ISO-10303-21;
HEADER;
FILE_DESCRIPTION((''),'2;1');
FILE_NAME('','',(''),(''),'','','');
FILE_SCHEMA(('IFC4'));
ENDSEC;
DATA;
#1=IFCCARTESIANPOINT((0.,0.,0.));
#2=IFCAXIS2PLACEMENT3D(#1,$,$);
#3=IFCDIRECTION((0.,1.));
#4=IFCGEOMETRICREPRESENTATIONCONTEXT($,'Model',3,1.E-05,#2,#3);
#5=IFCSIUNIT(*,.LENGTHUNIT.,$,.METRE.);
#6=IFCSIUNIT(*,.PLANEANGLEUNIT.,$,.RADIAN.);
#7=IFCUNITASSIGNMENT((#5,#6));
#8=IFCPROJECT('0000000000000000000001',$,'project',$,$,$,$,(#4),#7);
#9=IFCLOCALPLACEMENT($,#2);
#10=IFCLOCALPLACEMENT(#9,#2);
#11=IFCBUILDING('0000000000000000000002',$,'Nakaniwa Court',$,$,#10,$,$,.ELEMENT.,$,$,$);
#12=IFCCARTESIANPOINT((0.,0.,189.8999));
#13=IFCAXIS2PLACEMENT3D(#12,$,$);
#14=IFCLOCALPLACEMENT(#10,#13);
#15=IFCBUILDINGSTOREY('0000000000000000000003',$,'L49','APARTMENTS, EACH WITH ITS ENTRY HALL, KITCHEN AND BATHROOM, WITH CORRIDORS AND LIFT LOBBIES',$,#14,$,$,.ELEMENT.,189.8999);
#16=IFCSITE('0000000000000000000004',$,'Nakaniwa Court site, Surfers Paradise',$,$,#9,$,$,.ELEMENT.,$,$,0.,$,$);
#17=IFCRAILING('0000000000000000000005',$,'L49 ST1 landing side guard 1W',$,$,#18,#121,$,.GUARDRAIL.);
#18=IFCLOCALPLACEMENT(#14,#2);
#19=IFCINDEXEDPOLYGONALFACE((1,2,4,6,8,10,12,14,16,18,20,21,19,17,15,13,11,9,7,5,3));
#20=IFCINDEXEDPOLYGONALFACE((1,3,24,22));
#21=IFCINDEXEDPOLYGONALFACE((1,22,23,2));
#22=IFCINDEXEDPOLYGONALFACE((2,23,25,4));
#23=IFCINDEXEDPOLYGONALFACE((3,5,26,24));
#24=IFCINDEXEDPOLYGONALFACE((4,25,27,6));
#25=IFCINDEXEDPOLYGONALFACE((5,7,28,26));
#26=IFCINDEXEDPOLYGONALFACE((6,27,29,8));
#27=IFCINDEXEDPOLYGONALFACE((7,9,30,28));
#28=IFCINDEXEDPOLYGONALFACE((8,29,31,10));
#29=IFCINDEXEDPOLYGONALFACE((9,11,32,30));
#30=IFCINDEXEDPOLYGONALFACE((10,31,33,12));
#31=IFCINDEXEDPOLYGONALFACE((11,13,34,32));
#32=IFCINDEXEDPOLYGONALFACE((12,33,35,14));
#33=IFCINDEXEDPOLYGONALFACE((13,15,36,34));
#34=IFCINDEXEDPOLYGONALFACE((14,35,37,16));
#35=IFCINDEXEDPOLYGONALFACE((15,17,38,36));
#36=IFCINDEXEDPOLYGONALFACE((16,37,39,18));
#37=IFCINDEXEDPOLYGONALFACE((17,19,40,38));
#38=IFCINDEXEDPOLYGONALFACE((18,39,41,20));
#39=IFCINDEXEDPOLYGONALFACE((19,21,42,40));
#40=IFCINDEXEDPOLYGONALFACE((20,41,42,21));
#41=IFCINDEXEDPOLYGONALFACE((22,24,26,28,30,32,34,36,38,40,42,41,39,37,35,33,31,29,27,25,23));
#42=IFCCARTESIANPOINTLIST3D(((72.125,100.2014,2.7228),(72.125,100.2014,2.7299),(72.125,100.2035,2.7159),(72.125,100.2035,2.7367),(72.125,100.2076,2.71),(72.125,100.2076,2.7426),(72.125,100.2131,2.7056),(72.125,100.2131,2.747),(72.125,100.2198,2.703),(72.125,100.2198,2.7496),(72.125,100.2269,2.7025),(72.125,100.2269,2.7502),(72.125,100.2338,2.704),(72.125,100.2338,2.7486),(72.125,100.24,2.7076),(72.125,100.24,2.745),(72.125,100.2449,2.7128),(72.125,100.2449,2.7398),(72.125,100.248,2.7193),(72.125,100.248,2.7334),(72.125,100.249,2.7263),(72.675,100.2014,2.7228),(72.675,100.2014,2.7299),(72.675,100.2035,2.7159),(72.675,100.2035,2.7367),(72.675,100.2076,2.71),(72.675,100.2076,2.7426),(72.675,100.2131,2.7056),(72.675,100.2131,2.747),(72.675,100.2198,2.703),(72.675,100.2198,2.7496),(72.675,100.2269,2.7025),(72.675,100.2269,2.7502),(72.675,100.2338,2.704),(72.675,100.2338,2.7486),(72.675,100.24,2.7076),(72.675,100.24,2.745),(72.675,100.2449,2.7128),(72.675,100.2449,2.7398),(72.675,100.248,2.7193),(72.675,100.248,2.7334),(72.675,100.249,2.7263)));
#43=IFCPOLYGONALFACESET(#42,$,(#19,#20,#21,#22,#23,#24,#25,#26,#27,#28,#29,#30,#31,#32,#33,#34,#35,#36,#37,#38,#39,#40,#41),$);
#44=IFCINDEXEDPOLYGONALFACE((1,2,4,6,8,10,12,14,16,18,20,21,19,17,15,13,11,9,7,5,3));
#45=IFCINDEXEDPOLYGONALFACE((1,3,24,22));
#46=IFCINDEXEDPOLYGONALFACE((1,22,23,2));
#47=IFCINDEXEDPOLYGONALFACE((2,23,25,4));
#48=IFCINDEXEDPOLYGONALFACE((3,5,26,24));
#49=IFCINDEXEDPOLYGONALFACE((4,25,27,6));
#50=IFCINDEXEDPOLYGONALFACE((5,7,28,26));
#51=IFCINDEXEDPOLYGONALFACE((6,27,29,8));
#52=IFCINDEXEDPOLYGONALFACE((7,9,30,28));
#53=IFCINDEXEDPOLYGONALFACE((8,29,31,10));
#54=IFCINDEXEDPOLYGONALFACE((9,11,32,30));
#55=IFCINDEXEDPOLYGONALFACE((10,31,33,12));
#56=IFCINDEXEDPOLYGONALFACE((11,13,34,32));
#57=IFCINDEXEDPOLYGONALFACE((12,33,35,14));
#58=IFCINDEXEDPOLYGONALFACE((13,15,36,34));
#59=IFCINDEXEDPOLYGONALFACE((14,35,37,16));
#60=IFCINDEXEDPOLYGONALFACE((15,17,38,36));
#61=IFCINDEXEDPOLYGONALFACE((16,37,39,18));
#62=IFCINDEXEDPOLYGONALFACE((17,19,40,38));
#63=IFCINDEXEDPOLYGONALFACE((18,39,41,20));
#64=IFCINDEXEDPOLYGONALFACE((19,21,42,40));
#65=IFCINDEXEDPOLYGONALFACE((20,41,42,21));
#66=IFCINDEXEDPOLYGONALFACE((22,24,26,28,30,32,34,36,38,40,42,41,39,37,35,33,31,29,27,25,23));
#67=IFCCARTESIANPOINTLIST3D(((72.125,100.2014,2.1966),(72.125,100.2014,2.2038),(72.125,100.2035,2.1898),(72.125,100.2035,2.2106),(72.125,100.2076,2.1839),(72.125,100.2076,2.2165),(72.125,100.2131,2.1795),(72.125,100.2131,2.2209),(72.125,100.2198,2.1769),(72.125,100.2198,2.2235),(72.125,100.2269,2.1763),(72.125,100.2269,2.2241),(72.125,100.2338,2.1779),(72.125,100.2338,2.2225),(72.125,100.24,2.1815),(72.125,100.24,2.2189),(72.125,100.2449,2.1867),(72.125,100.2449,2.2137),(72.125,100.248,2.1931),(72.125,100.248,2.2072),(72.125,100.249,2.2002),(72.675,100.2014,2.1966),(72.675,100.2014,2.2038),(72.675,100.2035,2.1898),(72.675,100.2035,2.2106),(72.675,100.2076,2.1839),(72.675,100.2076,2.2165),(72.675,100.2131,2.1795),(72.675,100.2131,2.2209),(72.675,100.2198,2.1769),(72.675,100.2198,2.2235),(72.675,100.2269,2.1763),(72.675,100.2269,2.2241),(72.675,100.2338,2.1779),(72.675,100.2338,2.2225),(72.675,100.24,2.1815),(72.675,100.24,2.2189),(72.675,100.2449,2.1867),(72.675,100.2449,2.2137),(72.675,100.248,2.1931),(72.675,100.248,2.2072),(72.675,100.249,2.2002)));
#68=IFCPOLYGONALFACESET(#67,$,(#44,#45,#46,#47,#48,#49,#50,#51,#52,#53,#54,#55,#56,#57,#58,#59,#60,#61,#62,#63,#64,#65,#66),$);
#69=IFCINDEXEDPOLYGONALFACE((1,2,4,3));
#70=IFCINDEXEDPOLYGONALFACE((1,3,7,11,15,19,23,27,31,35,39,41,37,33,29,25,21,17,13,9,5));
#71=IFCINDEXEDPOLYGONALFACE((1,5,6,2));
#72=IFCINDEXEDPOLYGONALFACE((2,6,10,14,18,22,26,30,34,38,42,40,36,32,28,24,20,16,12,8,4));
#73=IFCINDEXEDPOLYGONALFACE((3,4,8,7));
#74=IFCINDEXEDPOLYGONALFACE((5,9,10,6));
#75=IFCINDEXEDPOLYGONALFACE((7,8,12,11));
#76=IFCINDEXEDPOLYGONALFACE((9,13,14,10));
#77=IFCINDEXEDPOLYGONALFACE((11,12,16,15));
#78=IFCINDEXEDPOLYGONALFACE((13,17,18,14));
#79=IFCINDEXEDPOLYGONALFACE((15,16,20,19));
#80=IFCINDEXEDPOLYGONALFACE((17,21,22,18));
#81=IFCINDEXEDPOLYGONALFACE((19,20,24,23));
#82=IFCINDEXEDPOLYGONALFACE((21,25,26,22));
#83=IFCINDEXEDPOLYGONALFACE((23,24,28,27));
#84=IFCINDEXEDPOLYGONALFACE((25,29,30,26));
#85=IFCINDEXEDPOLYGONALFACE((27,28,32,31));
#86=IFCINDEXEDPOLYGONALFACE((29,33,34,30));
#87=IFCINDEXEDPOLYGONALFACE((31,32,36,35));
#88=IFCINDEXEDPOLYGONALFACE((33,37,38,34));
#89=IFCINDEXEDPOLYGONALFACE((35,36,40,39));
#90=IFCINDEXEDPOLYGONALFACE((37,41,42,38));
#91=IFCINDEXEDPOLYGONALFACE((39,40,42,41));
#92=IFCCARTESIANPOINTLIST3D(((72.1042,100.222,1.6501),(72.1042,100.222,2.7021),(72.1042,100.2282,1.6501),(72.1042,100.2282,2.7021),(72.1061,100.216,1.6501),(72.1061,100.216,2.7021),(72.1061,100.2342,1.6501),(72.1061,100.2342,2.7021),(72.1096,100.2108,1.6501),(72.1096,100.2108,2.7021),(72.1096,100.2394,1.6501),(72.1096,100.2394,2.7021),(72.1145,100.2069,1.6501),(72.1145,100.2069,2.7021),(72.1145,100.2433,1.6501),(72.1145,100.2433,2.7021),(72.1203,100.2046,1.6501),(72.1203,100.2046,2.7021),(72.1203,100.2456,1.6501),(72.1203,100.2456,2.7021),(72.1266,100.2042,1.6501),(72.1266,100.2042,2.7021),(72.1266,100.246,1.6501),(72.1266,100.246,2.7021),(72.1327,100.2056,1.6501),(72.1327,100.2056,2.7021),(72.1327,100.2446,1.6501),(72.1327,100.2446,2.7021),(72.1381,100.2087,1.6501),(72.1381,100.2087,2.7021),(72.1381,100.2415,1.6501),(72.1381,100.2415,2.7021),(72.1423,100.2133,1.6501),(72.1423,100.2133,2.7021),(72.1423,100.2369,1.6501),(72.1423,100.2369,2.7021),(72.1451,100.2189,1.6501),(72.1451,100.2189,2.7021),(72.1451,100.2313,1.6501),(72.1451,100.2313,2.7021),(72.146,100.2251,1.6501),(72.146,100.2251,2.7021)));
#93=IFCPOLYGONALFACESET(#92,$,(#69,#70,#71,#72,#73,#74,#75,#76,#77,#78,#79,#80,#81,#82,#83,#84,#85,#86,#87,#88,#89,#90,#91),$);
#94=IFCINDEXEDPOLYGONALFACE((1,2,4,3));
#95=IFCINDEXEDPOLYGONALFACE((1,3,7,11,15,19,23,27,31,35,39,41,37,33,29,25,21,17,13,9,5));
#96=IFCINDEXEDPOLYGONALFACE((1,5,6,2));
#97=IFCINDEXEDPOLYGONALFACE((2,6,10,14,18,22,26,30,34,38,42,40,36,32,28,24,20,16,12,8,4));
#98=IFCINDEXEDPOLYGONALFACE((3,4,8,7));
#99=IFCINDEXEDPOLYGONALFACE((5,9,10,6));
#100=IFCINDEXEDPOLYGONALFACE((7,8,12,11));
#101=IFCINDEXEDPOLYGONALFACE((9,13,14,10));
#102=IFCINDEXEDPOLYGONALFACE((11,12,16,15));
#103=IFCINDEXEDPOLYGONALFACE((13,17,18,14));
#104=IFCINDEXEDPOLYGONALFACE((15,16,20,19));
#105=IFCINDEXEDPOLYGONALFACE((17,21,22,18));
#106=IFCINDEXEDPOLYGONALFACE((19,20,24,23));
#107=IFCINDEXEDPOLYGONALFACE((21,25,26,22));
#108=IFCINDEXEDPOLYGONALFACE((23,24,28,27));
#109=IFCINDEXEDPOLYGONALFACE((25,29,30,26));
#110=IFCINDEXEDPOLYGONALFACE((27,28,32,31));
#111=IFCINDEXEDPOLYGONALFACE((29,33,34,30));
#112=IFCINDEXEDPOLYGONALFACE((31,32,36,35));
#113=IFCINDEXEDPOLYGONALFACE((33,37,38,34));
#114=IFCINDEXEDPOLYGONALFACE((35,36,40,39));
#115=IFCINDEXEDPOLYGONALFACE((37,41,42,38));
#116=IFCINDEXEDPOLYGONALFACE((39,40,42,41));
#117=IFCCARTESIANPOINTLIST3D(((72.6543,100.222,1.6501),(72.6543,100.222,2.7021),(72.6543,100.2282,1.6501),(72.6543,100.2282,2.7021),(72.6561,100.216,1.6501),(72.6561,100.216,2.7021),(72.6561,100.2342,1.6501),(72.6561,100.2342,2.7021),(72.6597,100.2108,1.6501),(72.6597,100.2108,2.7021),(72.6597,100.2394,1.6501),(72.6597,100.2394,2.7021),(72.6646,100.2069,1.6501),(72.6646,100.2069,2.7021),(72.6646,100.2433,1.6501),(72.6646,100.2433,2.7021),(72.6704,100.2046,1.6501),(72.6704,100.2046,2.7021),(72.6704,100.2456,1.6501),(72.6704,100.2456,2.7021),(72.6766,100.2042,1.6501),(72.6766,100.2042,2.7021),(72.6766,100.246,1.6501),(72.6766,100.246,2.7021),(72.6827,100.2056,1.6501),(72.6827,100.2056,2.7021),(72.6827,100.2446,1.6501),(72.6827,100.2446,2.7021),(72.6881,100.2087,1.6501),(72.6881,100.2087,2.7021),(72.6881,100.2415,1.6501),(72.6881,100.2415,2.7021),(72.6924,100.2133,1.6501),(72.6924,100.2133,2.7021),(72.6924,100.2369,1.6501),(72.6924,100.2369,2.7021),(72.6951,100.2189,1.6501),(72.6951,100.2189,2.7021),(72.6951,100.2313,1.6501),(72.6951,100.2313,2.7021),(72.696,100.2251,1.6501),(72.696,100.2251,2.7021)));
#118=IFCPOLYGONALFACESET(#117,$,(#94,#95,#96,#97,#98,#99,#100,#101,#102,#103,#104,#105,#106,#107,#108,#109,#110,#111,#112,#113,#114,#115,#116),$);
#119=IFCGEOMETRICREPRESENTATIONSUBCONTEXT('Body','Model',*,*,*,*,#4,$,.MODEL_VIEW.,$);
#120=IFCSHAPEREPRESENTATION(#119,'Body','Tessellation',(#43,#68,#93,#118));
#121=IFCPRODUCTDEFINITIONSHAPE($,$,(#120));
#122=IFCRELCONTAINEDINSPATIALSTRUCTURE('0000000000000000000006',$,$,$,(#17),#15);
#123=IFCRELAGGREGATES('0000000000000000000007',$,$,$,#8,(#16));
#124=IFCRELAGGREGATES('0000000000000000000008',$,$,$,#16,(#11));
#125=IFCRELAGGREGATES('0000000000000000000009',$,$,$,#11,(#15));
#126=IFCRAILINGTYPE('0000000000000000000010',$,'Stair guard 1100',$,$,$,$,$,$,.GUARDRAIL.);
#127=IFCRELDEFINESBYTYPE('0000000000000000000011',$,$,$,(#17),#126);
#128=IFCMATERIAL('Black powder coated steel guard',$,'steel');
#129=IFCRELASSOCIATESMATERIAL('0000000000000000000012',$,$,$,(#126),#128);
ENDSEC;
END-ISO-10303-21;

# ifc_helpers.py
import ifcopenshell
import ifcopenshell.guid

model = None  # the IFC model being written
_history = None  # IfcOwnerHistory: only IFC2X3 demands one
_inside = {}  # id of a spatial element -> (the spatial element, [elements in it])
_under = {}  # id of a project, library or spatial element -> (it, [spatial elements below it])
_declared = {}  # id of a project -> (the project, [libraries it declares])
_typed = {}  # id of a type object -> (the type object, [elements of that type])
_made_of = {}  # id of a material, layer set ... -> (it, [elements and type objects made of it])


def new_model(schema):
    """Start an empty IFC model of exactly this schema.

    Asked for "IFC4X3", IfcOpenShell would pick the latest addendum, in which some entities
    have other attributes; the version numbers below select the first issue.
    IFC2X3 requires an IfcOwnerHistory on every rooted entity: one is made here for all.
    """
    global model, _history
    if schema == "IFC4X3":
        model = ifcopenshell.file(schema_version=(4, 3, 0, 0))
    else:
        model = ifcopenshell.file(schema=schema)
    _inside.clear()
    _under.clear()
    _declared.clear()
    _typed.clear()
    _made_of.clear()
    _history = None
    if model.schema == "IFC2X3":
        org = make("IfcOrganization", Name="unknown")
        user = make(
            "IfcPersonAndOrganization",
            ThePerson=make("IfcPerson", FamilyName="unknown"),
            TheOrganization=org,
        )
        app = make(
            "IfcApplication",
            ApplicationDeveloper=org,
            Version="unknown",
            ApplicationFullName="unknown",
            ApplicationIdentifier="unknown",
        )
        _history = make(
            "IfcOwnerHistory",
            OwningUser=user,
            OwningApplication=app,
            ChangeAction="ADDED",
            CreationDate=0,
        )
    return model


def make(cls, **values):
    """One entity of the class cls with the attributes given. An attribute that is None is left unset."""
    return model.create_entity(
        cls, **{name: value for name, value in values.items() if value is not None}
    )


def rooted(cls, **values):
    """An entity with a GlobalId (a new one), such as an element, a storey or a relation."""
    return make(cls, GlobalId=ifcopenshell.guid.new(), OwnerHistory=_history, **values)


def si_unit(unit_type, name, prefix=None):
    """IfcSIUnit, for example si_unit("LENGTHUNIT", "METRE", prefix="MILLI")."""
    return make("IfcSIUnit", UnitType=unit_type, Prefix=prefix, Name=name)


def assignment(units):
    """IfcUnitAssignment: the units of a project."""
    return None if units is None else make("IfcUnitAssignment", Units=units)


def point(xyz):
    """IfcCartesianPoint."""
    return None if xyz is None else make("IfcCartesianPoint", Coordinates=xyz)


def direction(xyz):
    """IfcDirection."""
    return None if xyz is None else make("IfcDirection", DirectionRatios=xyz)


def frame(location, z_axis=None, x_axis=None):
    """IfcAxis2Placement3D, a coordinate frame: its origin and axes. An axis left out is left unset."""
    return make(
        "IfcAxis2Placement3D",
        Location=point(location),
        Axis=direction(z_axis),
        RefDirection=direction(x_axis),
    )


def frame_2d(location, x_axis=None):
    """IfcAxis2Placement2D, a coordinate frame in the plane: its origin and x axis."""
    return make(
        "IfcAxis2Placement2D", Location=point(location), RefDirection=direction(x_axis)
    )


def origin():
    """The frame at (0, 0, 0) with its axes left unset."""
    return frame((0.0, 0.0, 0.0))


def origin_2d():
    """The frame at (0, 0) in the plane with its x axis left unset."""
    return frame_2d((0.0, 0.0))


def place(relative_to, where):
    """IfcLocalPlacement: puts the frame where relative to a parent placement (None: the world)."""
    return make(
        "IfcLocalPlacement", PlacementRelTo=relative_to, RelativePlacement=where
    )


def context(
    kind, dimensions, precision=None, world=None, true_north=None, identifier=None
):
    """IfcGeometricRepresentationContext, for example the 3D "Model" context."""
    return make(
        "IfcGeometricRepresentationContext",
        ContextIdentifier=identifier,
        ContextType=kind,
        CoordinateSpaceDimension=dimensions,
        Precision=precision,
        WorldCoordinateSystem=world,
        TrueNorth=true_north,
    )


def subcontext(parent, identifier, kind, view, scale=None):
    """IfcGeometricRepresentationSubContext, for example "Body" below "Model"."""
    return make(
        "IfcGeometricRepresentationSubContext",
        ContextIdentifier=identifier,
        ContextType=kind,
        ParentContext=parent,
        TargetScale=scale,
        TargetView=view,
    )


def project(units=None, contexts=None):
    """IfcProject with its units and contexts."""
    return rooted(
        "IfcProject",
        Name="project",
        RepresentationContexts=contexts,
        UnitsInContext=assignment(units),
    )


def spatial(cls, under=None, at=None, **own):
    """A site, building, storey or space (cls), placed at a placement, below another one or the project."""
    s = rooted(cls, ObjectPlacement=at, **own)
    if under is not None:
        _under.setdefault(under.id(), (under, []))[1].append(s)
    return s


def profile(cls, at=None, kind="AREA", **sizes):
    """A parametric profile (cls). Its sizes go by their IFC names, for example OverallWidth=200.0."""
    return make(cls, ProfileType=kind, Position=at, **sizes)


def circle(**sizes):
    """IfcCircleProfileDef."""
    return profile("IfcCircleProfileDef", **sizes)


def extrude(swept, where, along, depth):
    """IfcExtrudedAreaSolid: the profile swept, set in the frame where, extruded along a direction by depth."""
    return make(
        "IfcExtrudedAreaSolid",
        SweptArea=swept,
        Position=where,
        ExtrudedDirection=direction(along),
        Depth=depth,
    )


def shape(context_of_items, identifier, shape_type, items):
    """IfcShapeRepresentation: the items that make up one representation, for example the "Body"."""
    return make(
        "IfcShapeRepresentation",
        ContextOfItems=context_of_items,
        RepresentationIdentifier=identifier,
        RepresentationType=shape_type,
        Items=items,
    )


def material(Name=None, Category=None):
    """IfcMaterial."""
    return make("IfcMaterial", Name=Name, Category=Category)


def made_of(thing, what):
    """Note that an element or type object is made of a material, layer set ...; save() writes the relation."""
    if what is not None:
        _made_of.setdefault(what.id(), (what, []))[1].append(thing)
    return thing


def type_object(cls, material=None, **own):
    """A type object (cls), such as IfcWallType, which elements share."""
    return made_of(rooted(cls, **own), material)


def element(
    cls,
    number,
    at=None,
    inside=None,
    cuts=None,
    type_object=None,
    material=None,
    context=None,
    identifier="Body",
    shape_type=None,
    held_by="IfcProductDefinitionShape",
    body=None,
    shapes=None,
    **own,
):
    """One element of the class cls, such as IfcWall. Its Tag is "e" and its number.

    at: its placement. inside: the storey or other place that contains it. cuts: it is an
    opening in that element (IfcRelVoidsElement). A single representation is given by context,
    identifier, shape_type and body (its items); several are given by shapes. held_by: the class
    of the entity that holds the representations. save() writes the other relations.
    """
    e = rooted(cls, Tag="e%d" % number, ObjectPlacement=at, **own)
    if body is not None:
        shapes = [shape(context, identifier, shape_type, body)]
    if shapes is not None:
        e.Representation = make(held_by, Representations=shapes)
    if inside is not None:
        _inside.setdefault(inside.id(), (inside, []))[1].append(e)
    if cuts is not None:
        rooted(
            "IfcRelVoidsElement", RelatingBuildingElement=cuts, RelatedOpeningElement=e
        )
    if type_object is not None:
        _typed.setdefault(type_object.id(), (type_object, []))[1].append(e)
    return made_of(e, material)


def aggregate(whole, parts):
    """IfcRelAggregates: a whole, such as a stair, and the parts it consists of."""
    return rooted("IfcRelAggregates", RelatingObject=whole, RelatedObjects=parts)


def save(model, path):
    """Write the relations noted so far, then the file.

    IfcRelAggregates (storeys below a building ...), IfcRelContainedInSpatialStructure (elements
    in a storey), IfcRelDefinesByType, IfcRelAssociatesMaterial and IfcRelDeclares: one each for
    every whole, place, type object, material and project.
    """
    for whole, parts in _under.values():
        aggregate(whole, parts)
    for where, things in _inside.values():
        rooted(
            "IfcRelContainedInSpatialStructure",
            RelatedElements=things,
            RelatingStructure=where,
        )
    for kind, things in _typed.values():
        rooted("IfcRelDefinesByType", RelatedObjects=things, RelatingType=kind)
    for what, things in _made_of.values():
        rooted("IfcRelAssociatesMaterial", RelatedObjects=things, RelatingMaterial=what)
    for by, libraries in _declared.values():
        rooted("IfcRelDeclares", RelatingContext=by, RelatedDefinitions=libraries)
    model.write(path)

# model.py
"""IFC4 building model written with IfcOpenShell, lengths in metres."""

from ifc_helpers import new_model, si_unit, direction, frame, origin, origin_2d, place, context, subcontext, project, spatial, circle, extrude, material, type_object, element, save


model = new_model("IFC4")

# Units and contexts
model_context = context("Model", 3, precision=1e-05, world=origin(), true_north=direction((0.0, 1.0)))
body_context = subcontext(model_context, "Body", "Model", "MODEL_VIEW")
ifc_project = project(units=[si_unit("LENGTHUNIT", "METRE"), si_unit("PLANEANGLEUNIT", "RADIAN")], contexts=[model_context])

# Site, building, storey
site_placement = place(None, origin())
site = spatial("IfcSite", under=ifc_project, at=site_placement, Name="Nakaniwa Court site, Surfers Paradise", CompositionType="ELEMENT", RefElevation=0.0)
building_placement = place(site_placement, origin())
building = spatial("IfcBuilding", under=site, at=building_placement, Name="Nakaniwa Court", CompositionType="ELEMENT")
storey_placement = place(building_placement, frame((0.0, 0.0, 189.8999)))
storey = spatial("IfcBuildingStorey", under=building, at=storey_placement, Name="L49", Description="APARTMENTS, EACH WITH ITS ENTRY HALL, KITCHEN AND BATHROOM, WITH CORRIDORS AND LIFT LOBBIES", CompositionType="ELEMENT", Elevation=189.8999)

# Railing
ifc_material_1 = material(Name="Black powder coated steel guard", Category="steel")
railing_type_1 = type_object("IfcRailingType", Name="Stair guard 1100", PredefinedType="GUARDRAIL", material=ifc_material_1)
for number, where, name in (
    (1, (72.125, 100.2251, 1.6501), "L49 ST1 landing side guard 1W"),
):
    element("IfcRailing", number, at=place(storey_placement, frame(where)), inside=storey, type_object=railing_type_1, Name=name, PredefinedType="GUARDRAIL", context=body_context, shape_type="SweptSolid", body=[
        extrude(circle(Radius=0.0239, at=origin_2d()), frame((0.0, 0.0, 1.0762), z_axis=(1.0, 0.0, 0.0), x_axis=(0.0, 1.0, 0.0)), (0.0, 0.0, 1.0), 0.55),
        extrude(circle(Radius=0.0239, at=origin_2d()), frame((0.0, 0.0, 0.55), z_axis=(1.0, 0.0, 0.0), x_axis=(0.0, 1.0, 0.0)), (0.0, 0.0, 1.0), 0.55),
        extrude(circle(Radius=0.021, at=origin_2d()), origin(), (0.0, 0.0, 1.0), 1.052),
        extrude(circle(Radius=0.021, at=origin_2d()), frame((0.55, 0.0, 0.0)), (0.0, 0.0, 1.0), 1.052),
    ])

save(model, "model.ifc")
